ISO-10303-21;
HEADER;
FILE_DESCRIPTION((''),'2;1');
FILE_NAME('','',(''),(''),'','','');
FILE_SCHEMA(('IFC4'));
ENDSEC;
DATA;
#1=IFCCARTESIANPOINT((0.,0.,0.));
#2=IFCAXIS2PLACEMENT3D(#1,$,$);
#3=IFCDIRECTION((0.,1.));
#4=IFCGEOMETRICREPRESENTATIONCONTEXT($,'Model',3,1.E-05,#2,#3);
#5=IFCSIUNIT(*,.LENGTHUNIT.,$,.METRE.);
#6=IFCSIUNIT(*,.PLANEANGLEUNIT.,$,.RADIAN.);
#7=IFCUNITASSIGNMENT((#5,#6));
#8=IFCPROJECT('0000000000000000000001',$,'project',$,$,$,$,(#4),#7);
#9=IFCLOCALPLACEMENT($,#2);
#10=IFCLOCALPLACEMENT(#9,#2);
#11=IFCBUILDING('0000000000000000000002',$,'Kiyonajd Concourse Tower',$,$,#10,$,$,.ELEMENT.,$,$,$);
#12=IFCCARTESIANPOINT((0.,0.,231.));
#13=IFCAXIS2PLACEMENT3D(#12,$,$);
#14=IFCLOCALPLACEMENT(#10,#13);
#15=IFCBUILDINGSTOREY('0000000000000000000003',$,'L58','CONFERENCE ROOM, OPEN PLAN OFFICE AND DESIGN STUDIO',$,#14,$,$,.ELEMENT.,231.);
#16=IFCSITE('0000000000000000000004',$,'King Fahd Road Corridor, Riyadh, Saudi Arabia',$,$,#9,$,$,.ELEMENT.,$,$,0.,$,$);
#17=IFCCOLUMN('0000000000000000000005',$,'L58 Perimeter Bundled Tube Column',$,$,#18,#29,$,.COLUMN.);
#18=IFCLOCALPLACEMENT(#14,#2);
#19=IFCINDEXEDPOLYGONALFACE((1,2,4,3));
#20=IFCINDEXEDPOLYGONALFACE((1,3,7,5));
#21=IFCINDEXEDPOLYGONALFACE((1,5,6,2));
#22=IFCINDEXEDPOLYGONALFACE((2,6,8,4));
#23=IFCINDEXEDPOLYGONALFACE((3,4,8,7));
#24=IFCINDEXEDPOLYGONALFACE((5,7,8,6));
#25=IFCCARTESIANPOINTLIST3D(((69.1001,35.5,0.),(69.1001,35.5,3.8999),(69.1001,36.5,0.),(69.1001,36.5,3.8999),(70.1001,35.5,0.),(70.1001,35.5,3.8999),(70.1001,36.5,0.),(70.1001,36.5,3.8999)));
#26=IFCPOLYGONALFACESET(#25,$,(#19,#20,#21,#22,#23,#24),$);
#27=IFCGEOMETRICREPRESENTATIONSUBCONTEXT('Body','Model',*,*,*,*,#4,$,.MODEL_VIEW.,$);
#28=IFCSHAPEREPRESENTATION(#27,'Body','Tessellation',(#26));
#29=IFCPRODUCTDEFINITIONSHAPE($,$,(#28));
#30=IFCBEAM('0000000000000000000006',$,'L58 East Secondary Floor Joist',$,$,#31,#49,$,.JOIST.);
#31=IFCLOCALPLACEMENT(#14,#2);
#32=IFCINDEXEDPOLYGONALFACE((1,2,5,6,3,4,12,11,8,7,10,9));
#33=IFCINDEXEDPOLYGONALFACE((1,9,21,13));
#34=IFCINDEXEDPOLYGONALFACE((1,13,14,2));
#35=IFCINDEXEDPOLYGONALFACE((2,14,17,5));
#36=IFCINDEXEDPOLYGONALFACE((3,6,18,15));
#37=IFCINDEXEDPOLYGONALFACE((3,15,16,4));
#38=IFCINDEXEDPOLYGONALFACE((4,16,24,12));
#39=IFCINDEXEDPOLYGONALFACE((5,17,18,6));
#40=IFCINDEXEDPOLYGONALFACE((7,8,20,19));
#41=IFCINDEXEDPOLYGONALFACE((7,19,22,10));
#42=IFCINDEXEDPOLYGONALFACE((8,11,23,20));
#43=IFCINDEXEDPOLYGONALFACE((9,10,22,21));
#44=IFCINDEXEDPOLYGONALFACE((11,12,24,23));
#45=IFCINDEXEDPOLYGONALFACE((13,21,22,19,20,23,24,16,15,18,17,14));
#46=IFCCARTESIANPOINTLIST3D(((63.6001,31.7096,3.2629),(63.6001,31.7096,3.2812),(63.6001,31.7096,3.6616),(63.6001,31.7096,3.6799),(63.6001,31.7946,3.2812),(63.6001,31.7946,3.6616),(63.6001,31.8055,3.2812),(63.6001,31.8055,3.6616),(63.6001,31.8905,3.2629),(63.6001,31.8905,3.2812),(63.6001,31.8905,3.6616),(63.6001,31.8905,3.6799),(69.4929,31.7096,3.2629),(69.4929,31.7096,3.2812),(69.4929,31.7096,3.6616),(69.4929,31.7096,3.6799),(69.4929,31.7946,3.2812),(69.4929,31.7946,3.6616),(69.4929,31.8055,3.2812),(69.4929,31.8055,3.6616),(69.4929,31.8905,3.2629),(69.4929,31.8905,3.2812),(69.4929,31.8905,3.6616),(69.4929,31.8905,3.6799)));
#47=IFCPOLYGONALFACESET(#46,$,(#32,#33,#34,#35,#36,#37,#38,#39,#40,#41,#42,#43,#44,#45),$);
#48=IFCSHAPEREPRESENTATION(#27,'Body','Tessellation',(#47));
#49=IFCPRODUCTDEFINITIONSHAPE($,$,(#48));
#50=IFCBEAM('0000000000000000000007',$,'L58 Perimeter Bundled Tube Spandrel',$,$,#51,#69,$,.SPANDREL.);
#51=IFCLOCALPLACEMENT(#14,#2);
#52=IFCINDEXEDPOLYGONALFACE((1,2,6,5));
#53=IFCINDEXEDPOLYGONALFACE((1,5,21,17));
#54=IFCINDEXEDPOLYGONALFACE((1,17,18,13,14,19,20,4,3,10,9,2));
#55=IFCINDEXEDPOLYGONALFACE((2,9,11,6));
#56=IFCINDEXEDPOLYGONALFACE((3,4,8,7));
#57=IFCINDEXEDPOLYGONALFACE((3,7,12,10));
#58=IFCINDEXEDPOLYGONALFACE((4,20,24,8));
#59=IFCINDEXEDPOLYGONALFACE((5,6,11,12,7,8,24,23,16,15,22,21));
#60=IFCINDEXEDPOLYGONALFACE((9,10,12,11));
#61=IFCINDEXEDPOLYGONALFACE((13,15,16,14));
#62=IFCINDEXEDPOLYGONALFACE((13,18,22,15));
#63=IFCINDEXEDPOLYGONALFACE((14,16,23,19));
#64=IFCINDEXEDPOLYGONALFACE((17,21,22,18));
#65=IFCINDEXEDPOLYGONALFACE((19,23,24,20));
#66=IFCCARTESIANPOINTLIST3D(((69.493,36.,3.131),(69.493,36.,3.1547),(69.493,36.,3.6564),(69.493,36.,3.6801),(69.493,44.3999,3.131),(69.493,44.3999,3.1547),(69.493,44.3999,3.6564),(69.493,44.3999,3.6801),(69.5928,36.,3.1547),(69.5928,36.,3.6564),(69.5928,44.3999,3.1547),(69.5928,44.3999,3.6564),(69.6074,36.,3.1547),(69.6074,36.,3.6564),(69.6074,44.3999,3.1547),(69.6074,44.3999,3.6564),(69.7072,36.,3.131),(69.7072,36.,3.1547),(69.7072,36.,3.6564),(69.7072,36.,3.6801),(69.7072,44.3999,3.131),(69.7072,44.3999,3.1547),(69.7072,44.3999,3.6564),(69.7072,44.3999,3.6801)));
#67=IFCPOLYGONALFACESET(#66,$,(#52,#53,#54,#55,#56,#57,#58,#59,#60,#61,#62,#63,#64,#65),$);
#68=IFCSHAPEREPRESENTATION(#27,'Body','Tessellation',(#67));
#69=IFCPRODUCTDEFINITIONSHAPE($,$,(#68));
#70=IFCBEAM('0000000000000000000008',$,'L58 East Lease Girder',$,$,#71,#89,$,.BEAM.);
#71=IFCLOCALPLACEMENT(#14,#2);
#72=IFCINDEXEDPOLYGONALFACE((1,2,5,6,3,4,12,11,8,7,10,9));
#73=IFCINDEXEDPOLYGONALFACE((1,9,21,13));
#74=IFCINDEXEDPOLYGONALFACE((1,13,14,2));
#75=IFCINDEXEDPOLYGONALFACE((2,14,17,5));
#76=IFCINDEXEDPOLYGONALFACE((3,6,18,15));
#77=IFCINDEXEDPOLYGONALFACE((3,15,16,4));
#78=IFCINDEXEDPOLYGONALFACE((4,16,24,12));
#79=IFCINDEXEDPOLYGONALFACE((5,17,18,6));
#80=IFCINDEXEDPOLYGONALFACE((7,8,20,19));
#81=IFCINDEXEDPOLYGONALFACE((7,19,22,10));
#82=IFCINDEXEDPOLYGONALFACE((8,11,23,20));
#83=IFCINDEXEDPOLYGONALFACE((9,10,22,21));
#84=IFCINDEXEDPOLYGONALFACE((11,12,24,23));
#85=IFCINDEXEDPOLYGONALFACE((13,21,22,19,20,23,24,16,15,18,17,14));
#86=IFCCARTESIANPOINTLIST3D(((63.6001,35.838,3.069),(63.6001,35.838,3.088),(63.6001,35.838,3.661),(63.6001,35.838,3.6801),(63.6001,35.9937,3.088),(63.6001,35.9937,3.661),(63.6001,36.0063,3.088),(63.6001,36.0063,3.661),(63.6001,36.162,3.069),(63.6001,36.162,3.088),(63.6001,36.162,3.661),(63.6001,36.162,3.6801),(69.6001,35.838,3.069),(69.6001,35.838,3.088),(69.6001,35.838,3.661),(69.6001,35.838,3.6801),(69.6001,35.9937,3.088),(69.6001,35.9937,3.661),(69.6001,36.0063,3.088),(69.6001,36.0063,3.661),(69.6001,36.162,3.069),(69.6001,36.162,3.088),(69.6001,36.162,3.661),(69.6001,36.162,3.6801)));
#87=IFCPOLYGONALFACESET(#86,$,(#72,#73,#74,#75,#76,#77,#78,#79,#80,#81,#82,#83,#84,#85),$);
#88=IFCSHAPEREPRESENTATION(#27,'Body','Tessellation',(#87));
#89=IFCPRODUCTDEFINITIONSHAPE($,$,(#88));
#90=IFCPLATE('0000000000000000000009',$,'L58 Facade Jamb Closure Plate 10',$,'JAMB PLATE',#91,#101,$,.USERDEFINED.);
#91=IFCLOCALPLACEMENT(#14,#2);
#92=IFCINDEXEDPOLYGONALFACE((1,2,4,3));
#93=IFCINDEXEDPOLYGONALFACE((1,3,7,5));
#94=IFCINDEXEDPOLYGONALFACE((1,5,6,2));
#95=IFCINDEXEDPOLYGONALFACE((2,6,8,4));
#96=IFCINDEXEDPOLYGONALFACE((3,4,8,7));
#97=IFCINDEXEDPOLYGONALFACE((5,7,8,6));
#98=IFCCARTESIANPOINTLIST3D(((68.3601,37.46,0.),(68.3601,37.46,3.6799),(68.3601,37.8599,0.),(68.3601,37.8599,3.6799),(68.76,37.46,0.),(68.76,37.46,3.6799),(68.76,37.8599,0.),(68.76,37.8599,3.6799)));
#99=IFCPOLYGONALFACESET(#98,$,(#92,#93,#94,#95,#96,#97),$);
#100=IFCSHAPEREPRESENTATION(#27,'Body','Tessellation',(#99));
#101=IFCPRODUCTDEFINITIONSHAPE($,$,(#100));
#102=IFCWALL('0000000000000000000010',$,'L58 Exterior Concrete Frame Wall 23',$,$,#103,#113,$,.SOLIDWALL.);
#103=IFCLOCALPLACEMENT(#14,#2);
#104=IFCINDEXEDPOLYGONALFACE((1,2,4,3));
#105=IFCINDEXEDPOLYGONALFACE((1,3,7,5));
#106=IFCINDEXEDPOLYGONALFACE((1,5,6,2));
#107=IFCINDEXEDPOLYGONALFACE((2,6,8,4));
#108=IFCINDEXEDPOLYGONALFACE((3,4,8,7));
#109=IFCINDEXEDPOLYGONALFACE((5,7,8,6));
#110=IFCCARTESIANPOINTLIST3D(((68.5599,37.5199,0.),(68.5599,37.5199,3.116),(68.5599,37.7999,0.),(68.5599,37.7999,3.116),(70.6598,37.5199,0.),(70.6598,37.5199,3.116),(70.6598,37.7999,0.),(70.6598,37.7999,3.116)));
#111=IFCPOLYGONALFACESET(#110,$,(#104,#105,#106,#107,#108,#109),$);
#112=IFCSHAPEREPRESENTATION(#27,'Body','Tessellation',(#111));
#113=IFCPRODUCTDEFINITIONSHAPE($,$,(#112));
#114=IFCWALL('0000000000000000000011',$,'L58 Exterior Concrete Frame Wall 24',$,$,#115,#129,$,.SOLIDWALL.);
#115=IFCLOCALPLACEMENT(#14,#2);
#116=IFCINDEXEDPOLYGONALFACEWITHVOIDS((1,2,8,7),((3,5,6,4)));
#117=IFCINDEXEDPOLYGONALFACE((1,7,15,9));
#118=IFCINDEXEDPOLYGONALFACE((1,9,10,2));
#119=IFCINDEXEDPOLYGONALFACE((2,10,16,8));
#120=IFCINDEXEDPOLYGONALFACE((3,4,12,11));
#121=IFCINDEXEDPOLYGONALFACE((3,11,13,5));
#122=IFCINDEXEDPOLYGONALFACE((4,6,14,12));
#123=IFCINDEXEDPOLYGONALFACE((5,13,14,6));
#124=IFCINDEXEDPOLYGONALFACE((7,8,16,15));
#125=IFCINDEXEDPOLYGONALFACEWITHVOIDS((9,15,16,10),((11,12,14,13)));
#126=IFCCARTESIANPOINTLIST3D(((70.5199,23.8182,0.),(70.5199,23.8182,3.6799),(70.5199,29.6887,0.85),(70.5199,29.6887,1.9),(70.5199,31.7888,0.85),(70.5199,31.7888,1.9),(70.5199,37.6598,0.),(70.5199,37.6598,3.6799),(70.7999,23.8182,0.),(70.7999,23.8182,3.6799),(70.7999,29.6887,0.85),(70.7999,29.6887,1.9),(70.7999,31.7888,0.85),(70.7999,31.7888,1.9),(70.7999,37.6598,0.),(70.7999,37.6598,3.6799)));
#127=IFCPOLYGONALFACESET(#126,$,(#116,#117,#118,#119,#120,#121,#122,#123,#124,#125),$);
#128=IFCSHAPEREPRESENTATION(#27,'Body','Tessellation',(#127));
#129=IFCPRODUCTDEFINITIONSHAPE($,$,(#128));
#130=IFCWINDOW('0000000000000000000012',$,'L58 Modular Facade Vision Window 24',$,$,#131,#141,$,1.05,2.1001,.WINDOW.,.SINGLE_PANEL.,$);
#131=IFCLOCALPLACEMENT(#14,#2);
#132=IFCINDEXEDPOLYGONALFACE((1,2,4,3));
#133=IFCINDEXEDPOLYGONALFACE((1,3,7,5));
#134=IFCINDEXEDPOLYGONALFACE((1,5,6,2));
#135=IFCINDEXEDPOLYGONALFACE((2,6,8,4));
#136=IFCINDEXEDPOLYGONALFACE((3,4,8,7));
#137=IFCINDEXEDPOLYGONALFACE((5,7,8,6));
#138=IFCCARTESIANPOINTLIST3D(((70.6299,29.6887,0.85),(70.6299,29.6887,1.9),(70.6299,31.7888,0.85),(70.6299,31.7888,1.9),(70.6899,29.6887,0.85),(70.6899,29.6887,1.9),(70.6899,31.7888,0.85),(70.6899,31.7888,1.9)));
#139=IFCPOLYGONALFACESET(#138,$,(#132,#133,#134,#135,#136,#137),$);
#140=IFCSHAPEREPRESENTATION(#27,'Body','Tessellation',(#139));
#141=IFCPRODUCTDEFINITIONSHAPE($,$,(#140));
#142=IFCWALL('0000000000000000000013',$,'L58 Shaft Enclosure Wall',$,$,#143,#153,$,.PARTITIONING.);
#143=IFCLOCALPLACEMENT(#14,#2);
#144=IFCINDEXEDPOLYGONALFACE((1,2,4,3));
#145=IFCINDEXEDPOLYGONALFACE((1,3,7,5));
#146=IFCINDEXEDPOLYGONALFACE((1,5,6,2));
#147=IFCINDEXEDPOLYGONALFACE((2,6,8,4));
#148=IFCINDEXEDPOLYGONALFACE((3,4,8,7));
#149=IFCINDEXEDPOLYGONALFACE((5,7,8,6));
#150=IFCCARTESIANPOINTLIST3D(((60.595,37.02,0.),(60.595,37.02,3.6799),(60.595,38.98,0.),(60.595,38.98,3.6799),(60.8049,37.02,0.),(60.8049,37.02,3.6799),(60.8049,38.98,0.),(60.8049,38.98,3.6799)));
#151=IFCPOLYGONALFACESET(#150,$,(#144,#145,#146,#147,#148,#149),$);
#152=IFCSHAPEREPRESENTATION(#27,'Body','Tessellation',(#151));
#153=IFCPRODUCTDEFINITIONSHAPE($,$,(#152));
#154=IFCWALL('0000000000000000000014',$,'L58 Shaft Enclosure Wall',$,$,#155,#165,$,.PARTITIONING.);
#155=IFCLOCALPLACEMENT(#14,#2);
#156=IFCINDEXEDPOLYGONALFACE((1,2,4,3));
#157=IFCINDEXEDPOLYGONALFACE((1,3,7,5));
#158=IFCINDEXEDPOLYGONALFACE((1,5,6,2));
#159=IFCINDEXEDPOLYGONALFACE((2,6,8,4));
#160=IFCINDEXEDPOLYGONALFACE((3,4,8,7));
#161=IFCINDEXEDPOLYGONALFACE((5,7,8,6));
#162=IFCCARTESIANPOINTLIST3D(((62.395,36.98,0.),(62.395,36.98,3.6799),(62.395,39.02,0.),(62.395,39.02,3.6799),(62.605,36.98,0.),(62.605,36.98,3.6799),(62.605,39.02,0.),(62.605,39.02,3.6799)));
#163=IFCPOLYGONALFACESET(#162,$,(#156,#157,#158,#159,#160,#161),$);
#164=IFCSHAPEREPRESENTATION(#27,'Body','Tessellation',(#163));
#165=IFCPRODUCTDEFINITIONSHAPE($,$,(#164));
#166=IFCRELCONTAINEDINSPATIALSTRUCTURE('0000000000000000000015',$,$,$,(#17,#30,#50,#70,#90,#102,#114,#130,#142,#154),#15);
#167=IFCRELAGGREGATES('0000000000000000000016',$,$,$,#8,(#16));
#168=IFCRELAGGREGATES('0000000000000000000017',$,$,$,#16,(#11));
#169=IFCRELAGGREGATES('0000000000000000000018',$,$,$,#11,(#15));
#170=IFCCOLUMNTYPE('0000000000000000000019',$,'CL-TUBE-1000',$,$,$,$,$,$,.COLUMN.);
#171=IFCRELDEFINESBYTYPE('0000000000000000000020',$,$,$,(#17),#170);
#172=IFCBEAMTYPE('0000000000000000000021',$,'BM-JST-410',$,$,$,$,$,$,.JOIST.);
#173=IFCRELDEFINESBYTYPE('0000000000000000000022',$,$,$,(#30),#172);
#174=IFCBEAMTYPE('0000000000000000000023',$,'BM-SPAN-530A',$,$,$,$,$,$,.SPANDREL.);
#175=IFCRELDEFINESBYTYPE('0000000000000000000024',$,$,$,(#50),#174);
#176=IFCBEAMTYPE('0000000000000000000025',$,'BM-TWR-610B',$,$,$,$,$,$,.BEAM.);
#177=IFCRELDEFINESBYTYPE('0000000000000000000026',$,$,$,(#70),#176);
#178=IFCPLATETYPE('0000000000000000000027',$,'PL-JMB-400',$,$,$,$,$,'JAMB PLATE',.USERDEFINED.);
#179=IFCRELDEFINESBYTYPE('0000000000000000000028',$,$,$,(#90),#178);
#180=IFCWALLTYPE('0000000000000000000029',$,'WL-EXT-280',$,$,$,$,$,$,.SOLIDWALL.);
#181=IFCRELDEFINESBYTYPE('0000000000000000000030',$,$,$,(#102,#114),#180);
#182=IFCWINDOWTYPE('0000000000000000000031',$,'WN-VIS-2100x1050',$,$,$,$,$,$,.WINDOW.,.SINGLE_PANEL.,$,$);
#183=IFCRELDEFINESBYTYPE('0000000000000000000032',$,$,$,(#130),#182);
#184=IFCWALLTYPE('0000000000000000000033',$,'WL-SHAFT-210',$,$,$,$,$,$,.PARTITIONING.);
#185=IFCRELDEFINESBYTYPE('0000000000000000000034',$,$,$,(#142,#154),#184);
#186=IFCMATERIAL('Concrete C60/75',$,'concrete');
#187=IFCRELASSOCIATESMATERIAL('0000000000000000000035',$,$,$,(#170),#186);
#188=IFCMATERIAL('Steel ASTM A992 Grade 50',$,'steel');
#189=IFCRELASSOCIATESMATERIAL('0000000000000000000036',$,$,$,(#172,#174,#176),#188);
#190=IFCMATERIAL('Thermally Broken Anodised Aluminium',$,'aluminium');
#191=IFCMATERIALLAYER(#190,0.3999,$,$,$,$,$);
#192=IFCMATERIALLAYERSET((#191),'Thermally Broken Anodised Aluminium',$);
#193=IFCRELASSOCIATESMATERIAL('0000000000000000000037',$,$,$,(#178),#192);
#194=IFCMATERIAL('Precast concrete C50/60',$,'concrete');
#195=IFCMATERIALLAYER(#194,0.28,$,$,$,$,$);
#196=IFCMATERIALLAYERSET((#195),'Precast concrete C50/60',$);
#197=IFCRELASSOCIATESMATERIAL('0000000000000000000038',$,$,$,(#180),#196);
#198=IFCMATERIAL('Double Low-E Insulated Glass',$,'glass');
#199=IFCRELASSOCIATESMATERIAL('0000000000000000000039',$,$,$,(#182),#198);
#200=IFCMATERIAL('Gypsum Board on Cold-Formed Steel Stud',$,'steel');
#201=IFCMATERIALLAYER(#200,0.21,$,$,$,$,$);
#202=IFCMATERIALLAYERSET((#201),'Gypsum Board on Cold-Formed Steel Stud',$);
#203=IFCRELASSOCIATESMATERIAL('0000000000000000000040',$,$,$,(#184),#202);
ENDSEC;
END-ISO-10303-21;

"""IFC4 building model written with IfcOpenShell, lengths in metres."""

from ifc_helpers import new_model, si_unit, direction, frame, frame_2d, origin, origin_2d, place, context, subcontext, project, spatial, rectangle, i_section, extrude, material, layer, layer_set, material_profile, profile_set, type_object, element, fill, save


model = new_model("IFC4")

# Units and contexts
model_context = context("Model", 3, precision=1e-05, world=origin(), true_north=direction((0.0, 1.0)))
body_context = subcontext(model_context, "Body", "Model", "MODEL_VIEW")
ifc_project = project(units=[si_unit("LENGTHUNIT", "METRE"), si_unit("PLANEANGLEUNIT", "RADIAN")], contexts=[model_context])

# Site, building, storey
site_placement = place(None, origin())
site = spatial("IfcSite", under=ifc_project, at=site_placement, Name="King Fahd Road Corridor, Riyadh, Saudi Arabia", CompositionType="ELEMENT", RefElevation=0.0)
building_placement = place(site_placement, origin())
building = spatial("IfcBuilding", under=site, at=building_placement, Name="Kiyonajd Concourse Tower", CompositionType="ELEMENT")
storey_placement = place(building_placement, frame((0.0, 0.0, 231.0)))
storey = spatial("IfcBuildingStorey", under=building, at=storey_placement, Name="L58", Description="CONFERENCE ROOM, OPEN PLAN OFFICE AND DESIGN STUDIO", CompositionType="ELEMENT", Elevation=231.0)

# Column
ifc_material_1 = material(Name="Concrete C60/75", Category="concrete")
ifc_material_profile_1 = material_profile(ifc_material_1, rectangle(XDim=1.0, YDim=1.0, at=origin_2d()), Name="RC-1000x1000")
ifc_profile_set_1 = profile_set([ifc_material_profile_1], Name="Concrete C60/75")
column_type = type_object("IfcColumnType", Name="CL-TUBE-1000", PredefinedType="COLUMN", material=ifc_profile_set_1)
column_placement = place(storey_placement, frame((69.6001, 36.0, 0.0), z_axis=(0.0, 0.0, 1.0), x_axis=(1.0, 0.0, 0.0)))
element("IfcColumn", 1, at=column_placement, inside=storey, type_object=column_type, Name="L58 Perimeter Bundled Tube Column", PredefinedType="COLUMN", context=body_context, shape_type="SweptSolid", body=[
    extrude(rectangle(XDim=1.0, YDim=1.0, at=origin_2d()), origin(), (0.0, 0.0, 1.0), 3.8999),
])

# Beams
ifc_material_2 = material(Name="Steel ASTM A992 Grade 50", Category="steel")
ifc_material_profile_2 = material_profile(ifc_material_2, i_section(OverallWidth=0.1809, OverallDepth=0.417, WebThickness=0.011, FlangeThickness=0.0183, at=origin_2d()), Name="W410X85")
ifc_profile_set_2 = profile_set([ifc_material_profile_2], Name="Steel ASTM A992 Grade 50")
beam_type_1 = type_object("IfcBeamType", Name="BM-JST-410", PredefinedType="JOIST", material=ifc_profile_set_2)
beam_1_placement = place(storey_placement, frame((63.6001, 31.8, 3.4714), z_axis=(1.0, 0.0, 0.0), x_axis=(0.0, 1.0, 0.0)))
element("IfcBeam", 2, at=beam_1_placement, inside=storey, type_object=beam_type_1, Name="L58 East Secondary Floor Joist", PredefinedType="JOIST", context=body_context, shape_type="SweptSolid", body=[
    extrude(i_section(OverallWidth=0.1809, OverallDepth=0.417, WebThickness=0.011, FlangeThickness=0.0183, at=origin_2d()), origin(), (0.0, 0.0, 1.0), 5.8928),
])
ifc_material_profile_3 = material_profile(ifc_material_2, i_section(OverallWidth=0.2141, OverallDepth=0.5491, WebThickness=0.0146, FlangeThickness=0.0237, at=origin_2d()), Name="W530X138")
ifc_profile_set_3 = profile_set([ifc_material_profile_3], Name="Steel ASTM A992 Grade 50")
beam_type_2 = type_object("IfcBeamType", Name="BM-SPAN-530A", PredefinedType="SPANDREL", material=ifc_profile_set_3)
beam_2_placement = place(storey_placement, frame((69.6001, 36.0, 3.4055), z_axis=(0.0, 1.0, 0.0), x_axis=(-1.0, 0.0, 0.0)))
element("IfcBeam", 3, at=beam_2_placement, inside=storey, type_object=beam_type_2, Name="L58 Perimeter Bundled Tube Spandrel", PredefinedType="SPANDREL", context=body_context, shape_type="SweptSolid", body=[
    extrude(i_section(OverallWidth=0.2141, OverallDepth=0.5491, WebThickness=0.0146, FlangeThickness=0.0237, at=origin_2d()), origin(), (0.0, 0.0, 1.0), 8.3999),
])
ifc_material_profile_4 = material_profile(ifc_material_2, i_section(OverallWidth=0.324, OverallDepth=0.6111, WebThickness=0.0127, FlangeThickness=0.019, at=origin_2d()), Name="W610X155")
ifc_profile_set_4 = profile_set([ifc_material_profile_4], Name="Steel ASTM A992 Grade 50")
beam_type_3 = type_object("IfcBeamType", Name="BM-TWR-610B", PredefinedType="BEAM", material=ifc_profile_set_4)
beam_3_placement = place(storey_placement, frame((63.6001, 36.0, 3.3745), z_axis=(1.0, 0.0, 0.0), x_axis=(0.0, 1.0, 0.0)))
element("IfcBeam", 4, at=beam_3_placement, inside=storey, type_object=beam_type_3, Name="L58 East Lease Girder", PredefinedType="BEAM", context=body_context, shape_type="SweptSolid", body=[
    extrude(i_section(OverallWidth=0.324, OverallDepth=0.6111, WebThickness=0.0127, FlangeThickness=0.019, at=origin_2d()), origin(), (0.0, 0.0, 1.0), 6.0),
])

# Plate
ifc_material_3 = material(Name="Thermally Broken Anodised Aluminium", Category="aluminium")
ifc_layer_1 = layer(ifc_material_3, 0.3999)
ifc_layer_set_1 = layer_set([ifc_layer_1], Name="Thermally Broken Anodised Aluminium")
plate_type = type_object("IfcPlateType", Name="PL-JMB-400", ElementType="JAMB PLATE", PredefinedType="USERDEFINED", material=ifc_layer_set_1)
plate_placement = place(storey_placement, frame((68.5601, 37.6599, 0.0), z_axis=(0.0, 0.0, 1.0), x_axis=(1.0, 0.0, 0.0)))
element("IfcPlate", 5, at=plate_placement, inside=storey, type_object=plate_type, Name="L58 Facade Jamb Closure Plate 10", ObjectType="JAMB PLATE", PredefinedType="USERDEFINED", context=body_context, shape_type="SweptSolid", body=[
    extrude(rectangle(XDim=0.3999, YDim=0.3999, at=origin_2d()), origin(), (0.0, 0.0, 1.0), 3.6799),
])

# Wall
ifc_material_4 = material(Name="Precast concrete C50/60", Category="concrete")
ifc_layer_2 = layer(ifc_material_4, 0.28)
ifc_layer_set_2 = layer_set([ifc_layer_2], Name="Precast concrete C50/60")
wall_type_1 = type_object("IfcWallType", Name="WL-EXT-280", PredefinedType="SOLIDWALL", material=ifc_layer_set_2)
wall_1_placement = place(storey_placement, frame((68.5601, 37.6599, 0.0), z_axis=(0.0, 0.0, 1.0), x_axis=(1.0, 0.0, 0.0)))
element("IfcWall", 6, at=wall_1_placement, inside=storey, type_object=wall_type_1, Name="L58 Exterior Concrete Frame Wall 23", PredefinedType="SOLIDWALL", context=body_context, shape_type="SweptSolid", body=[
    extrude(rectangle(XDim=2.0999, YDim=0.28, at=frame_2d((1.0498, 0.0))), origin(), (0.0, 0.0, 1.0), 3.116),
])

# Wall, opening, window
wall_2_placement = place(storey_placement, frame((70.6599, 37.6599, 0.0), z_axis=(0.0, 0.0, 1.0), x_axis=(0.0, -1.0, 0.0)))
wall_2 = element("IfcWall", 7, at=wall_2_placement, inside=storey, type_object=wall_type_1, Name="L58 Exterior Concrete Frame Wall 24", PredefinedType="SOLIDWALL", context=body_context, shape_type="SweptSolid", body=[
    extrude(rectangle(XDim=13.8416, YDim=0.28, at=frame_2d((6.9209, 0.0))), origin(), (0.0, 0.0, 1.0), 3.6799),
])
opening_1_placement = place(wall_2_placement, frame((5.8711, 0.0, 0.8501)))
opening_1 = element("IfcOpeningElement", 8, at=opening_1_placement, cuts=wall_2, PredefinedType="OPENING", context=body_context, shape_type="SweptSolid", body=[
    extrude(rectangle(XDim=2.1001, YDim=1.05, at=frame_2d((1.05, 0.5249))), frame((0.0, 0.1499, 0.0), z_axis=(0.0, -1.0, 0.0), x_axis=(1.0, 0.0, 0.0)), (0.0, 0.0, 1.0), 0.3),
])
ifc_material_5 = material(Name="Double Low-E Insulated Glass", Category="glass")
window_type = type_object("IfcWindowType", Name="WN-VIS-2100x1050", PartitioningType="SINGLE_PANEL", PredefinedType="WINDOW", material=ifc_material_5)
window_placement = place(opening_1_placement, origin())
window = element("IfcWindow", 9, at=window_placement, inside=storey, type_object=window_type, Name="L58 Modular Facade Vision Window 24", OverallHeight=1.05, OverallWidth=2.1001, PartitioningType="SINGLE_PANEL", PredefinedType="WINDOW", context=body_context, shape_type="SweptSolid", body=[
    extrude(rectangle(XDim=2.1001, YDim=1.05, at=frame_2d((1.05, 0.5249))), frame((0.0, 0.03, 0.0), z_axis=(0.0, -1.0, 0.0), x_axis=(1.0, 0.0, 0.0)), (0.0, 0.0, 1.0), 0.0601),
])
fill(opening_1, window)

# Walls
ifc_material_6 = material(Name="Gypsum Board on Cold-Formed Steel Stud", Category="steel")
ifc_layer_3 = layer(ifc_material_6, 0.21)
ifc_layer_set_3 = layer_set([ifc_layer_3], Name="Gypsum Board on Cold-Formed Steel Stud")
wall_type_2 = type_object("IfcWallType", Name="WL-SHAFT-210", PredefinedType="PARTITIONING", material=ifc_layer_set_3)
wall_3_placement = place(storey_placement, frame((60.7, 37.02, 0.0), z_axis=(0.0, 0.0, 1.0), x_axis=(0.0, 1.0, 0.0)))
element("IfcWall", 10, at=wall_3_placement, inside=storey, type_object=wall_type_2, Name="L58 Shaft Enclosure Wall", PredefinedType="PARTITIONING", context=body_context, shape_type="SweptSolid", body=[
    extrude(rectangle(XDim=1.96, YDim=0.21, at=frame_2d((0.98, 0.0))), origin(), (0.0, 0.0, 1.0), 3.6799),
])
wall_4_placement = place(storey_placement, frame((62.5, 36.98, 0.0), z_axis=(0.0, 0.0, 1.0), x_axis=(0.0, 1.0, 0.0)))
element("IfcWall", 11, at=wall_4_placement, inside=storey, type_object=wall_type_2, Name="L58 Shaft Enclosure Wall", PredefinedType="PARTITIONING", context=body_context, shape_type="SweptSolid", body=[
    extrude(rectangle(XDim=2.04, YDim=0.21, at=frame_2d((1.02, 0.0))), origin(), (0.0, 0.0, 1.0), 3.6799),
])

save(model, "model.ifc")
